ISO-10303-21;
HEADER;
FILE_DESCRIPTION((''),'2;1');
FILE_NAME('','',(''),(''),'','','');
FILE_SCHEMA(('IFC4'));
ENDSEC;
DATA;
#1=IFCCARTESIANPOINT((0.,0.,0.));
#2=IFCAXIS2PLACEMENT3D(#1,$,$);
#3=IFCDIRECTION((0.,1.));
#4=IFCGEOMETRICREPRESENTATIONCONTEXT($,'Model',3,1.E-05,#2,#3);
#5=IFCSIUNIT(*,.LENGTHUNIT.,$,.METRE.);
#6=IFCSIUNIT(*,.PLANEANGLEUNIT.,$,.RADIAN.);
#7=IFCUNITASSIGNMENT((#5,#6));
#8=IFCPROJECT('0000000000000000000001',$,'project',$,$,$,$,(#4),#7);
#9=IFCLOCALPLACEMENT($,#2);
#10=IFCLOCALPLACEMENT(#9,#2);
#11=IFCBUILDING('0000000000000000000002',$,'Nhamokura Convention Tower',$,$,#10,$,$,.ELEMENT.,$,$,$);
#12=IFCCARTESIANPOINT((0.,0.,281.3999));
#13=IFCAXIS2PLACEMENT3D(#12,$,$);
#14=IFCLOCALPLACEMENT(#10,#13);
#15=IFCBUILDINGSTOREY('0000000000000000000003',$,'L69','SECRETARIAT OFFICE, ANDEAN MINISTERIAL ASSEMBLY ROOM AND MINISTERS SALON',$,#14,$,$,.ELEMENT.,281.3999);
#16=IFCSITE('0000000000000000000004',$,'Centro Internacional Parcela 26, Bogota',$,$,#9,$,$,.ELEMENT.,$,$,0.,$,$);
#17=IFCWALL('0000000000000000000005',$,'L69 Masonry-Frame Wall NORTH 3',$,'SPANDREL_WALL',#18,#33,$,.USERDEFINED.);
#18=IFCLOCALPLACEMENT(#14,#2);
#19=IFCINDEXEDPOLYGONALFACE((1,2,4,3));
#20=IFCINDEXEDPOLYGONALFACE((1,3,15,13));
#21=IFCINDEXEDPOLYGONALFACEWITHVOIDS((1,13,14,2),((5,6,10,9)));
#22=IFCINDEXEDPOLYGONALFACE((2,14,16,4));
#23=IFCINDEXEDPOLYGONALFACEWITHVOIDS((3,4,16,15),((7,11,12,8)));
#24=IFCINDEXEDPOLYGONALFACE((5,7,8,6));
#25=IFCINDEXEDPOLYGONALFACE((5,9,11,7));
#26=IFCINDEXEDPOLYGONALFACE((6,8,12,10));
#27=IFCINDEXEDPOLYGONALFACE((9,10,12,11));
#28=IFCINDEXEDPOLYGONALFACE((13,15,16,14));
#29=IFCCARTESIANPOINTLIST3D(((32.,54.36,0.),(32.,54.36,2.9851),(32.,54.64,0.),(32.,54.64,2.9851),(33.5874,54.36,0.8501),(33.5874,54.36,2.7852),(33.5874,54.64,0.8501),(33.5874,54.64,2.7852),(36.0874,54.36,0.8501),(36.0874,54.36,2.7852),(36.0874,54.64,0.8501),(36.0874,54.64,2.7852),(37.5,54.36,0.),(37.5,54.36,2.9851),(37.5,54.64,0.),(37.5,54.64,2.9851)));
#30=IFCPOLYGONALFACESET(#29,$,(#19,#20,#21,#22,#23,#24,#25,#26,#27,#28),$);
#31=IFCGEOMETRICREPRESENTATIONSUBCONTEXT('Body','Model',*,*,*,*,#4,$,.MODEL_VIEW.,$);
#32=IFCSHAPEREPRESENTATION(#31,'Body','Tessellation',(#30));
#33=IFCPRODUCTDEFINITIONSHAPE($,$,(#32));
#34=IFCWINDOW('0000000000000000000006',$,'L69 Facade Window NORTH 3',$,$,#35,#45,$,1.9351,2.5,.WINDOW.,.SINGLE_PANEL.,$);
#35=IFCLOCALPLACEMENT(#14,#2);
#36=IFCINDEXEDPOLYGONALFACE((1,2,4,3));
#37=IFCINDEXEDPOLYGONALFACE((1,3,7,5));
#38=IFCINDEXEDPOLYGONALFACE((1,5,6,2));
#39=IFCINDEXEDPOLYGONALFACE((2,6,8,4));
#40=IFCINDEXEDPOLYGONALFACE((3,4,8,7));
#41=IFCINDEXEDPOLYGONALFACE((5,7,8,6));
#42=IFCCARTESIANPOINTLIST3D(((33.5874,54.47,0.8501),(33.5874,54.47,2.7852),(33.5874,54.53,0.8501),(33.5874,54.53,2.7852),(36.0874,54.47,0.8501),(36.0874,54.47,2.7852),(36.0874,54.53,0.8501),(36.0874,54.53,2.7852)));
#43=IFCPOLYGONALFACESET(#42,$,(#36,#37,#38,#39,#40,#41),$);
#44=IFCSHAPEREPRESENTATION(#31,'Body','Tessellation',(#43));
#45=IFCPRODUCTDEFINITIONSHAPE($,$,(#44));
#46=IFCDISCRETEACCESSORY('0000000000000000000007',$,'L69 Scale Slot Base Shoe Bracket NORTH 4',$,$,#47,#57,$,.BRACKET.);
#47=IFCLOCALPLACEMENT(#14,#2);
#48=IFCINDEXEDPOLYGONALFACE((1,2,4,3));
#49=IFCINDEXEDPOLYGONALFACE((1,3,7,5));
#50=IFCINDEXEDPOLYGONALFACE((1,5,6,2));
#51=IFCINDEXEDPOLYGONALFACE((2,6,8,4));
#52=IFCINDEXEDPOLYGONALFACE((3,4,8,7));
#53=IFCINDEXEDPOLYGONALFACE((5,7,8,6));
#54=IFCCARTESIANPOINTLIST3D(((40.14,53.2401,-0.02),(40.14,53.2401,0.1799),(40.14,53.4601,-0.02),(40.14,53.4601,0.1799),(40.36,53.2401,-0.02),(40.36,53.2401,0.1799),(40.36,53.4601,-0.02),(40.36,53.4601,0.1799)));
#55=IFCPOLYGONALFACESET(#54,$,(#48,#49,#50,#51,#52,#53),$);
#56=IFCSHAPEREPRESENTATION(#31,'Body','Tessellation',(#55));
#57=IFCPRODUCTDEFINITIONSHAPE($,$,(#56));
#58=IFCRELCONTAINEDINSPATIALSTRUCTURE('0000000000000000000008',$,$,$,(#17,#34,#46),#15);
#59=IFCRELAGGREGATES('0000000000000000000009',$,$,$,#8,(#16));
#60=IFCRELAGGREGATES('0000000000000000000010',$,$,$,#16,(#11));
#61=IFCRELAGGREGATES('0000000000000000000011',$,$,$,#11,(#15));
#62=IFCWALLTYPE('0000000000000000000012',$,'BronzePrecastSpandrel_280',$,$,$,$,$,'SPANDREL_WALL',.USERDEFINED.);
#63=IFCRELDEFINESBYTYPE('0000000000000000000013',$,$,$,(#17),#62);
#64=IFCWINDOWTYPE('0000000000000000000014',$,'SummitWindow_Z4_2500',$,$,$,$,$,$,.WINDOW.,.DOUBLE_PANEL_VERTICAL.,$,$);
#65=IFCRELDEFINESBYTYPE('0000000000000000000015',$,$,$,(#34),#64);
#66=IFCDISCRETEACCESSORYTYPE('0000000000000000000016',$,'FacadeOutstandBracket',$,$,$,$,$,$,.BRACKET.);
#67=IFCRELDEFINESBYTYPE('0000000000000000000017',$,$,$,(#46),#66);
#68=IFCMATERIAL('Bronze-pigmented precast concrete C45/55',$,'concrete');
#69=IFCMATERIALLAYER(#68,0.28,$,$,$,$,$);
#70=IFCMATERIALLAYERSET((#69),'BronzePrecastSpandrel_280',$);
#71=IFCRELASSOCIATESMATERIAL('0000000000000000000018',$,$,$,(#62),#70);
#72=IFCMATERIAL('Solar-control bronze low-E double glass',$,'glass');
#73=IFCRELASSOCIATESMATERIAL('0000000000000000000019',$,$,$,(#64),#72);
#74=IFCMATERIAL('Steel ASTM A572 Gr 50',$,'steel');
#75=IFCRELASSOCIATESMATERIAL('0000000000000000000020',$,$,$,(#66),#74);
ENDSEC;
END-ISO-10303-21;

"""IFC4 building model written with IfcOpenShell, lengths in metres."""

from ifc_helpers import new_model, si_unit, direction, frame, frame_2d, origin, origin_2d, place, context, subcontext, project, spatial, rectangle, extrude, material, layer, layer_set, type_object, element, fill, save


model = new_model("IFC4")

# Units and contexts
model_context = context("Model", 3, precision=1e-05, world=origin(), true_north=direction((0.0, 1.0)))
body_context = subcontext(model_context, "Body", "Model", "MODEL_VIEW")
ifc_project = project(units=[si_unit("LENGTHUNIT", "METRE"), si_unit("PLANEANGLEUNIT", "RADIAN")], contexts=[model_context])

# Site, building, storey
site_placement = place(None, origin())
site = spatial("IfcSite", under=ifc_project, at=site_placement, Name="Centro Internacional Parcela 26, Bogota", CompositionType="ELEMENT", RefElevation=0.0)
building_placement = place(site_placement, origin())
building = spatial("IfcBuilding", under=site, at=building_placement, Name="Nhamokura Convention Tower", CompositionType="ELEMENT")
storey_placement = place(building_placement, frame((0.0, 0.0, 281.3999)))
storey = spatial("IfcBuildingStorey", under=building, at=storey_placement, Name="L69", Description="SECRETARIAT OFFICE, ANDEAN MINISTERIAL ASSEMBLY ROOM AND MINISTERS SALON", CompositionType="ELEMENT", Elevation=281.3999)

# Shared definitions
ifc_material_1 = material(Name="Bronze-pigmented precast concrete C45/55", Category="concrete")
ifc_layer_1 = layer(ifc_material_1, 0.28)
ifc_layer_set_1 = layer_set([ifc_layer_1], Name="BronzePrecastSpandrel_280")
wall_type = type_object("IfcWallType", Name="BronzePrecastSpandrel_280", ElementType="SPANDREL_WALL", PredefinedType="USERDEFINED", material=ifc_layer_set_1)

# Wall, opening, window
wall_1_placement = place(storey_placement, frame((32.0, 54.5, 0.0), z_axis=(0.0, 0.0, 1.0), x_axis=(1.0, 0.0, 0.0)))
wall_1 = element("IfcWall", 1, at=wall_1_placement, inside=storey, type_object=wall_type, Name="L69 Masonry-Frame Wall NORTH 3", ObjectType="SPANDREL_WALL", PredefinedType="USERDEFINED", context=body_context, shape_type="SweptSolid", body=[
    extrude(rectangle(XDim=5.5, YDim=0.28, at=frame_2d((2.75, 0.0))), origin(), (0.0, 0.0, 1.0), 2.9851),
])
opening_placement = place(wall_1_placement, frame((1.5874, 0.0, 0.8501)))
opening = element("IfcOpeningElement", 2, at=opening_placement, cuts=wall_1, PredefinedType="OPENING", context=body_context, shape_type="SweptSolid", body=[
    extrude(rectangle(XDim=2.5, YDim=1.9351, at=frame_2d((1.25, 0.9675))), frame((0.0, 0.1499, 0.0), z_axis=(0.0, -1.0, 0.0), x_axis=(1.0, 0.0, 0.0)), (0.0, 0.0, 1.0), 0.3),
])
ifc_material_2 = material(Name="Solar-control bronze low-E double glass", Category="glass")
window_type = type_object("IfcWindowType", Name="SummitWindow_Z4_2500", PartitioningType="DOUBLE_PANEL_VERTICAL", PredefinedType="WINDOW", material=ifc_material_2)
window_placement = place(opening_placement, origin())
window = element("IfcWindow", 3, at=window_placement, inside=storey, type_object=window_type, Name="L69 Facade Window NORTH 3", OverallHeight=1.9351, OverallWidth=2.5, PartitioningType="SINGLE_PANEL", PredefinedType="WINDOW", context=body_context, shape_type="SweptSolid", body=[
    extrude(rectangle(XDim=2.5, YDim=1.9351, at=frame_2d((1.25, 0.9675))), frame((0.0, 0.03, 0.0), z_axis=(0.0, -1.0, 0.0), x_axis=(1.0, 0.0, 0.0)), (0.0, 0.0, 1.0), 0.0601),
])
fill(opening, window)

# Discrete accessory
ifc_material_3 = material(Name="Steel ASTM A572 Gr 50", Category="steel")
discrete_accessory_type = type_object("IfcDiscreteAccessoryType", Name="FacadeOutstandBracket", PredefinedType="BRACKET", material=ifc_material_3)
discrete_accessory_placement = place(storey_placement, frame((40.25, 53.3501, -0.02), z_axis=(0.0, 0.0, 1.0), x_axis=(1.0, 0.0, 0.0)))
element("IfcDiscreteAccessory", 4, at=discrete_accessory_placement, inside=storey, type_object=discrete_accessory_type, Name="L69 Scale Slot Base Shoe Bracket NORTH 4", PredefinedType="BRACKET", context=body_context, shape_type="SweptSolid", body=[
    extrude(rectangle(XDim=0.22, YDim=0.22, at=origin_2d()), origin(), (0.0, 0.0, 1.0), 0.2),
])

save(model, "model.ifc")
